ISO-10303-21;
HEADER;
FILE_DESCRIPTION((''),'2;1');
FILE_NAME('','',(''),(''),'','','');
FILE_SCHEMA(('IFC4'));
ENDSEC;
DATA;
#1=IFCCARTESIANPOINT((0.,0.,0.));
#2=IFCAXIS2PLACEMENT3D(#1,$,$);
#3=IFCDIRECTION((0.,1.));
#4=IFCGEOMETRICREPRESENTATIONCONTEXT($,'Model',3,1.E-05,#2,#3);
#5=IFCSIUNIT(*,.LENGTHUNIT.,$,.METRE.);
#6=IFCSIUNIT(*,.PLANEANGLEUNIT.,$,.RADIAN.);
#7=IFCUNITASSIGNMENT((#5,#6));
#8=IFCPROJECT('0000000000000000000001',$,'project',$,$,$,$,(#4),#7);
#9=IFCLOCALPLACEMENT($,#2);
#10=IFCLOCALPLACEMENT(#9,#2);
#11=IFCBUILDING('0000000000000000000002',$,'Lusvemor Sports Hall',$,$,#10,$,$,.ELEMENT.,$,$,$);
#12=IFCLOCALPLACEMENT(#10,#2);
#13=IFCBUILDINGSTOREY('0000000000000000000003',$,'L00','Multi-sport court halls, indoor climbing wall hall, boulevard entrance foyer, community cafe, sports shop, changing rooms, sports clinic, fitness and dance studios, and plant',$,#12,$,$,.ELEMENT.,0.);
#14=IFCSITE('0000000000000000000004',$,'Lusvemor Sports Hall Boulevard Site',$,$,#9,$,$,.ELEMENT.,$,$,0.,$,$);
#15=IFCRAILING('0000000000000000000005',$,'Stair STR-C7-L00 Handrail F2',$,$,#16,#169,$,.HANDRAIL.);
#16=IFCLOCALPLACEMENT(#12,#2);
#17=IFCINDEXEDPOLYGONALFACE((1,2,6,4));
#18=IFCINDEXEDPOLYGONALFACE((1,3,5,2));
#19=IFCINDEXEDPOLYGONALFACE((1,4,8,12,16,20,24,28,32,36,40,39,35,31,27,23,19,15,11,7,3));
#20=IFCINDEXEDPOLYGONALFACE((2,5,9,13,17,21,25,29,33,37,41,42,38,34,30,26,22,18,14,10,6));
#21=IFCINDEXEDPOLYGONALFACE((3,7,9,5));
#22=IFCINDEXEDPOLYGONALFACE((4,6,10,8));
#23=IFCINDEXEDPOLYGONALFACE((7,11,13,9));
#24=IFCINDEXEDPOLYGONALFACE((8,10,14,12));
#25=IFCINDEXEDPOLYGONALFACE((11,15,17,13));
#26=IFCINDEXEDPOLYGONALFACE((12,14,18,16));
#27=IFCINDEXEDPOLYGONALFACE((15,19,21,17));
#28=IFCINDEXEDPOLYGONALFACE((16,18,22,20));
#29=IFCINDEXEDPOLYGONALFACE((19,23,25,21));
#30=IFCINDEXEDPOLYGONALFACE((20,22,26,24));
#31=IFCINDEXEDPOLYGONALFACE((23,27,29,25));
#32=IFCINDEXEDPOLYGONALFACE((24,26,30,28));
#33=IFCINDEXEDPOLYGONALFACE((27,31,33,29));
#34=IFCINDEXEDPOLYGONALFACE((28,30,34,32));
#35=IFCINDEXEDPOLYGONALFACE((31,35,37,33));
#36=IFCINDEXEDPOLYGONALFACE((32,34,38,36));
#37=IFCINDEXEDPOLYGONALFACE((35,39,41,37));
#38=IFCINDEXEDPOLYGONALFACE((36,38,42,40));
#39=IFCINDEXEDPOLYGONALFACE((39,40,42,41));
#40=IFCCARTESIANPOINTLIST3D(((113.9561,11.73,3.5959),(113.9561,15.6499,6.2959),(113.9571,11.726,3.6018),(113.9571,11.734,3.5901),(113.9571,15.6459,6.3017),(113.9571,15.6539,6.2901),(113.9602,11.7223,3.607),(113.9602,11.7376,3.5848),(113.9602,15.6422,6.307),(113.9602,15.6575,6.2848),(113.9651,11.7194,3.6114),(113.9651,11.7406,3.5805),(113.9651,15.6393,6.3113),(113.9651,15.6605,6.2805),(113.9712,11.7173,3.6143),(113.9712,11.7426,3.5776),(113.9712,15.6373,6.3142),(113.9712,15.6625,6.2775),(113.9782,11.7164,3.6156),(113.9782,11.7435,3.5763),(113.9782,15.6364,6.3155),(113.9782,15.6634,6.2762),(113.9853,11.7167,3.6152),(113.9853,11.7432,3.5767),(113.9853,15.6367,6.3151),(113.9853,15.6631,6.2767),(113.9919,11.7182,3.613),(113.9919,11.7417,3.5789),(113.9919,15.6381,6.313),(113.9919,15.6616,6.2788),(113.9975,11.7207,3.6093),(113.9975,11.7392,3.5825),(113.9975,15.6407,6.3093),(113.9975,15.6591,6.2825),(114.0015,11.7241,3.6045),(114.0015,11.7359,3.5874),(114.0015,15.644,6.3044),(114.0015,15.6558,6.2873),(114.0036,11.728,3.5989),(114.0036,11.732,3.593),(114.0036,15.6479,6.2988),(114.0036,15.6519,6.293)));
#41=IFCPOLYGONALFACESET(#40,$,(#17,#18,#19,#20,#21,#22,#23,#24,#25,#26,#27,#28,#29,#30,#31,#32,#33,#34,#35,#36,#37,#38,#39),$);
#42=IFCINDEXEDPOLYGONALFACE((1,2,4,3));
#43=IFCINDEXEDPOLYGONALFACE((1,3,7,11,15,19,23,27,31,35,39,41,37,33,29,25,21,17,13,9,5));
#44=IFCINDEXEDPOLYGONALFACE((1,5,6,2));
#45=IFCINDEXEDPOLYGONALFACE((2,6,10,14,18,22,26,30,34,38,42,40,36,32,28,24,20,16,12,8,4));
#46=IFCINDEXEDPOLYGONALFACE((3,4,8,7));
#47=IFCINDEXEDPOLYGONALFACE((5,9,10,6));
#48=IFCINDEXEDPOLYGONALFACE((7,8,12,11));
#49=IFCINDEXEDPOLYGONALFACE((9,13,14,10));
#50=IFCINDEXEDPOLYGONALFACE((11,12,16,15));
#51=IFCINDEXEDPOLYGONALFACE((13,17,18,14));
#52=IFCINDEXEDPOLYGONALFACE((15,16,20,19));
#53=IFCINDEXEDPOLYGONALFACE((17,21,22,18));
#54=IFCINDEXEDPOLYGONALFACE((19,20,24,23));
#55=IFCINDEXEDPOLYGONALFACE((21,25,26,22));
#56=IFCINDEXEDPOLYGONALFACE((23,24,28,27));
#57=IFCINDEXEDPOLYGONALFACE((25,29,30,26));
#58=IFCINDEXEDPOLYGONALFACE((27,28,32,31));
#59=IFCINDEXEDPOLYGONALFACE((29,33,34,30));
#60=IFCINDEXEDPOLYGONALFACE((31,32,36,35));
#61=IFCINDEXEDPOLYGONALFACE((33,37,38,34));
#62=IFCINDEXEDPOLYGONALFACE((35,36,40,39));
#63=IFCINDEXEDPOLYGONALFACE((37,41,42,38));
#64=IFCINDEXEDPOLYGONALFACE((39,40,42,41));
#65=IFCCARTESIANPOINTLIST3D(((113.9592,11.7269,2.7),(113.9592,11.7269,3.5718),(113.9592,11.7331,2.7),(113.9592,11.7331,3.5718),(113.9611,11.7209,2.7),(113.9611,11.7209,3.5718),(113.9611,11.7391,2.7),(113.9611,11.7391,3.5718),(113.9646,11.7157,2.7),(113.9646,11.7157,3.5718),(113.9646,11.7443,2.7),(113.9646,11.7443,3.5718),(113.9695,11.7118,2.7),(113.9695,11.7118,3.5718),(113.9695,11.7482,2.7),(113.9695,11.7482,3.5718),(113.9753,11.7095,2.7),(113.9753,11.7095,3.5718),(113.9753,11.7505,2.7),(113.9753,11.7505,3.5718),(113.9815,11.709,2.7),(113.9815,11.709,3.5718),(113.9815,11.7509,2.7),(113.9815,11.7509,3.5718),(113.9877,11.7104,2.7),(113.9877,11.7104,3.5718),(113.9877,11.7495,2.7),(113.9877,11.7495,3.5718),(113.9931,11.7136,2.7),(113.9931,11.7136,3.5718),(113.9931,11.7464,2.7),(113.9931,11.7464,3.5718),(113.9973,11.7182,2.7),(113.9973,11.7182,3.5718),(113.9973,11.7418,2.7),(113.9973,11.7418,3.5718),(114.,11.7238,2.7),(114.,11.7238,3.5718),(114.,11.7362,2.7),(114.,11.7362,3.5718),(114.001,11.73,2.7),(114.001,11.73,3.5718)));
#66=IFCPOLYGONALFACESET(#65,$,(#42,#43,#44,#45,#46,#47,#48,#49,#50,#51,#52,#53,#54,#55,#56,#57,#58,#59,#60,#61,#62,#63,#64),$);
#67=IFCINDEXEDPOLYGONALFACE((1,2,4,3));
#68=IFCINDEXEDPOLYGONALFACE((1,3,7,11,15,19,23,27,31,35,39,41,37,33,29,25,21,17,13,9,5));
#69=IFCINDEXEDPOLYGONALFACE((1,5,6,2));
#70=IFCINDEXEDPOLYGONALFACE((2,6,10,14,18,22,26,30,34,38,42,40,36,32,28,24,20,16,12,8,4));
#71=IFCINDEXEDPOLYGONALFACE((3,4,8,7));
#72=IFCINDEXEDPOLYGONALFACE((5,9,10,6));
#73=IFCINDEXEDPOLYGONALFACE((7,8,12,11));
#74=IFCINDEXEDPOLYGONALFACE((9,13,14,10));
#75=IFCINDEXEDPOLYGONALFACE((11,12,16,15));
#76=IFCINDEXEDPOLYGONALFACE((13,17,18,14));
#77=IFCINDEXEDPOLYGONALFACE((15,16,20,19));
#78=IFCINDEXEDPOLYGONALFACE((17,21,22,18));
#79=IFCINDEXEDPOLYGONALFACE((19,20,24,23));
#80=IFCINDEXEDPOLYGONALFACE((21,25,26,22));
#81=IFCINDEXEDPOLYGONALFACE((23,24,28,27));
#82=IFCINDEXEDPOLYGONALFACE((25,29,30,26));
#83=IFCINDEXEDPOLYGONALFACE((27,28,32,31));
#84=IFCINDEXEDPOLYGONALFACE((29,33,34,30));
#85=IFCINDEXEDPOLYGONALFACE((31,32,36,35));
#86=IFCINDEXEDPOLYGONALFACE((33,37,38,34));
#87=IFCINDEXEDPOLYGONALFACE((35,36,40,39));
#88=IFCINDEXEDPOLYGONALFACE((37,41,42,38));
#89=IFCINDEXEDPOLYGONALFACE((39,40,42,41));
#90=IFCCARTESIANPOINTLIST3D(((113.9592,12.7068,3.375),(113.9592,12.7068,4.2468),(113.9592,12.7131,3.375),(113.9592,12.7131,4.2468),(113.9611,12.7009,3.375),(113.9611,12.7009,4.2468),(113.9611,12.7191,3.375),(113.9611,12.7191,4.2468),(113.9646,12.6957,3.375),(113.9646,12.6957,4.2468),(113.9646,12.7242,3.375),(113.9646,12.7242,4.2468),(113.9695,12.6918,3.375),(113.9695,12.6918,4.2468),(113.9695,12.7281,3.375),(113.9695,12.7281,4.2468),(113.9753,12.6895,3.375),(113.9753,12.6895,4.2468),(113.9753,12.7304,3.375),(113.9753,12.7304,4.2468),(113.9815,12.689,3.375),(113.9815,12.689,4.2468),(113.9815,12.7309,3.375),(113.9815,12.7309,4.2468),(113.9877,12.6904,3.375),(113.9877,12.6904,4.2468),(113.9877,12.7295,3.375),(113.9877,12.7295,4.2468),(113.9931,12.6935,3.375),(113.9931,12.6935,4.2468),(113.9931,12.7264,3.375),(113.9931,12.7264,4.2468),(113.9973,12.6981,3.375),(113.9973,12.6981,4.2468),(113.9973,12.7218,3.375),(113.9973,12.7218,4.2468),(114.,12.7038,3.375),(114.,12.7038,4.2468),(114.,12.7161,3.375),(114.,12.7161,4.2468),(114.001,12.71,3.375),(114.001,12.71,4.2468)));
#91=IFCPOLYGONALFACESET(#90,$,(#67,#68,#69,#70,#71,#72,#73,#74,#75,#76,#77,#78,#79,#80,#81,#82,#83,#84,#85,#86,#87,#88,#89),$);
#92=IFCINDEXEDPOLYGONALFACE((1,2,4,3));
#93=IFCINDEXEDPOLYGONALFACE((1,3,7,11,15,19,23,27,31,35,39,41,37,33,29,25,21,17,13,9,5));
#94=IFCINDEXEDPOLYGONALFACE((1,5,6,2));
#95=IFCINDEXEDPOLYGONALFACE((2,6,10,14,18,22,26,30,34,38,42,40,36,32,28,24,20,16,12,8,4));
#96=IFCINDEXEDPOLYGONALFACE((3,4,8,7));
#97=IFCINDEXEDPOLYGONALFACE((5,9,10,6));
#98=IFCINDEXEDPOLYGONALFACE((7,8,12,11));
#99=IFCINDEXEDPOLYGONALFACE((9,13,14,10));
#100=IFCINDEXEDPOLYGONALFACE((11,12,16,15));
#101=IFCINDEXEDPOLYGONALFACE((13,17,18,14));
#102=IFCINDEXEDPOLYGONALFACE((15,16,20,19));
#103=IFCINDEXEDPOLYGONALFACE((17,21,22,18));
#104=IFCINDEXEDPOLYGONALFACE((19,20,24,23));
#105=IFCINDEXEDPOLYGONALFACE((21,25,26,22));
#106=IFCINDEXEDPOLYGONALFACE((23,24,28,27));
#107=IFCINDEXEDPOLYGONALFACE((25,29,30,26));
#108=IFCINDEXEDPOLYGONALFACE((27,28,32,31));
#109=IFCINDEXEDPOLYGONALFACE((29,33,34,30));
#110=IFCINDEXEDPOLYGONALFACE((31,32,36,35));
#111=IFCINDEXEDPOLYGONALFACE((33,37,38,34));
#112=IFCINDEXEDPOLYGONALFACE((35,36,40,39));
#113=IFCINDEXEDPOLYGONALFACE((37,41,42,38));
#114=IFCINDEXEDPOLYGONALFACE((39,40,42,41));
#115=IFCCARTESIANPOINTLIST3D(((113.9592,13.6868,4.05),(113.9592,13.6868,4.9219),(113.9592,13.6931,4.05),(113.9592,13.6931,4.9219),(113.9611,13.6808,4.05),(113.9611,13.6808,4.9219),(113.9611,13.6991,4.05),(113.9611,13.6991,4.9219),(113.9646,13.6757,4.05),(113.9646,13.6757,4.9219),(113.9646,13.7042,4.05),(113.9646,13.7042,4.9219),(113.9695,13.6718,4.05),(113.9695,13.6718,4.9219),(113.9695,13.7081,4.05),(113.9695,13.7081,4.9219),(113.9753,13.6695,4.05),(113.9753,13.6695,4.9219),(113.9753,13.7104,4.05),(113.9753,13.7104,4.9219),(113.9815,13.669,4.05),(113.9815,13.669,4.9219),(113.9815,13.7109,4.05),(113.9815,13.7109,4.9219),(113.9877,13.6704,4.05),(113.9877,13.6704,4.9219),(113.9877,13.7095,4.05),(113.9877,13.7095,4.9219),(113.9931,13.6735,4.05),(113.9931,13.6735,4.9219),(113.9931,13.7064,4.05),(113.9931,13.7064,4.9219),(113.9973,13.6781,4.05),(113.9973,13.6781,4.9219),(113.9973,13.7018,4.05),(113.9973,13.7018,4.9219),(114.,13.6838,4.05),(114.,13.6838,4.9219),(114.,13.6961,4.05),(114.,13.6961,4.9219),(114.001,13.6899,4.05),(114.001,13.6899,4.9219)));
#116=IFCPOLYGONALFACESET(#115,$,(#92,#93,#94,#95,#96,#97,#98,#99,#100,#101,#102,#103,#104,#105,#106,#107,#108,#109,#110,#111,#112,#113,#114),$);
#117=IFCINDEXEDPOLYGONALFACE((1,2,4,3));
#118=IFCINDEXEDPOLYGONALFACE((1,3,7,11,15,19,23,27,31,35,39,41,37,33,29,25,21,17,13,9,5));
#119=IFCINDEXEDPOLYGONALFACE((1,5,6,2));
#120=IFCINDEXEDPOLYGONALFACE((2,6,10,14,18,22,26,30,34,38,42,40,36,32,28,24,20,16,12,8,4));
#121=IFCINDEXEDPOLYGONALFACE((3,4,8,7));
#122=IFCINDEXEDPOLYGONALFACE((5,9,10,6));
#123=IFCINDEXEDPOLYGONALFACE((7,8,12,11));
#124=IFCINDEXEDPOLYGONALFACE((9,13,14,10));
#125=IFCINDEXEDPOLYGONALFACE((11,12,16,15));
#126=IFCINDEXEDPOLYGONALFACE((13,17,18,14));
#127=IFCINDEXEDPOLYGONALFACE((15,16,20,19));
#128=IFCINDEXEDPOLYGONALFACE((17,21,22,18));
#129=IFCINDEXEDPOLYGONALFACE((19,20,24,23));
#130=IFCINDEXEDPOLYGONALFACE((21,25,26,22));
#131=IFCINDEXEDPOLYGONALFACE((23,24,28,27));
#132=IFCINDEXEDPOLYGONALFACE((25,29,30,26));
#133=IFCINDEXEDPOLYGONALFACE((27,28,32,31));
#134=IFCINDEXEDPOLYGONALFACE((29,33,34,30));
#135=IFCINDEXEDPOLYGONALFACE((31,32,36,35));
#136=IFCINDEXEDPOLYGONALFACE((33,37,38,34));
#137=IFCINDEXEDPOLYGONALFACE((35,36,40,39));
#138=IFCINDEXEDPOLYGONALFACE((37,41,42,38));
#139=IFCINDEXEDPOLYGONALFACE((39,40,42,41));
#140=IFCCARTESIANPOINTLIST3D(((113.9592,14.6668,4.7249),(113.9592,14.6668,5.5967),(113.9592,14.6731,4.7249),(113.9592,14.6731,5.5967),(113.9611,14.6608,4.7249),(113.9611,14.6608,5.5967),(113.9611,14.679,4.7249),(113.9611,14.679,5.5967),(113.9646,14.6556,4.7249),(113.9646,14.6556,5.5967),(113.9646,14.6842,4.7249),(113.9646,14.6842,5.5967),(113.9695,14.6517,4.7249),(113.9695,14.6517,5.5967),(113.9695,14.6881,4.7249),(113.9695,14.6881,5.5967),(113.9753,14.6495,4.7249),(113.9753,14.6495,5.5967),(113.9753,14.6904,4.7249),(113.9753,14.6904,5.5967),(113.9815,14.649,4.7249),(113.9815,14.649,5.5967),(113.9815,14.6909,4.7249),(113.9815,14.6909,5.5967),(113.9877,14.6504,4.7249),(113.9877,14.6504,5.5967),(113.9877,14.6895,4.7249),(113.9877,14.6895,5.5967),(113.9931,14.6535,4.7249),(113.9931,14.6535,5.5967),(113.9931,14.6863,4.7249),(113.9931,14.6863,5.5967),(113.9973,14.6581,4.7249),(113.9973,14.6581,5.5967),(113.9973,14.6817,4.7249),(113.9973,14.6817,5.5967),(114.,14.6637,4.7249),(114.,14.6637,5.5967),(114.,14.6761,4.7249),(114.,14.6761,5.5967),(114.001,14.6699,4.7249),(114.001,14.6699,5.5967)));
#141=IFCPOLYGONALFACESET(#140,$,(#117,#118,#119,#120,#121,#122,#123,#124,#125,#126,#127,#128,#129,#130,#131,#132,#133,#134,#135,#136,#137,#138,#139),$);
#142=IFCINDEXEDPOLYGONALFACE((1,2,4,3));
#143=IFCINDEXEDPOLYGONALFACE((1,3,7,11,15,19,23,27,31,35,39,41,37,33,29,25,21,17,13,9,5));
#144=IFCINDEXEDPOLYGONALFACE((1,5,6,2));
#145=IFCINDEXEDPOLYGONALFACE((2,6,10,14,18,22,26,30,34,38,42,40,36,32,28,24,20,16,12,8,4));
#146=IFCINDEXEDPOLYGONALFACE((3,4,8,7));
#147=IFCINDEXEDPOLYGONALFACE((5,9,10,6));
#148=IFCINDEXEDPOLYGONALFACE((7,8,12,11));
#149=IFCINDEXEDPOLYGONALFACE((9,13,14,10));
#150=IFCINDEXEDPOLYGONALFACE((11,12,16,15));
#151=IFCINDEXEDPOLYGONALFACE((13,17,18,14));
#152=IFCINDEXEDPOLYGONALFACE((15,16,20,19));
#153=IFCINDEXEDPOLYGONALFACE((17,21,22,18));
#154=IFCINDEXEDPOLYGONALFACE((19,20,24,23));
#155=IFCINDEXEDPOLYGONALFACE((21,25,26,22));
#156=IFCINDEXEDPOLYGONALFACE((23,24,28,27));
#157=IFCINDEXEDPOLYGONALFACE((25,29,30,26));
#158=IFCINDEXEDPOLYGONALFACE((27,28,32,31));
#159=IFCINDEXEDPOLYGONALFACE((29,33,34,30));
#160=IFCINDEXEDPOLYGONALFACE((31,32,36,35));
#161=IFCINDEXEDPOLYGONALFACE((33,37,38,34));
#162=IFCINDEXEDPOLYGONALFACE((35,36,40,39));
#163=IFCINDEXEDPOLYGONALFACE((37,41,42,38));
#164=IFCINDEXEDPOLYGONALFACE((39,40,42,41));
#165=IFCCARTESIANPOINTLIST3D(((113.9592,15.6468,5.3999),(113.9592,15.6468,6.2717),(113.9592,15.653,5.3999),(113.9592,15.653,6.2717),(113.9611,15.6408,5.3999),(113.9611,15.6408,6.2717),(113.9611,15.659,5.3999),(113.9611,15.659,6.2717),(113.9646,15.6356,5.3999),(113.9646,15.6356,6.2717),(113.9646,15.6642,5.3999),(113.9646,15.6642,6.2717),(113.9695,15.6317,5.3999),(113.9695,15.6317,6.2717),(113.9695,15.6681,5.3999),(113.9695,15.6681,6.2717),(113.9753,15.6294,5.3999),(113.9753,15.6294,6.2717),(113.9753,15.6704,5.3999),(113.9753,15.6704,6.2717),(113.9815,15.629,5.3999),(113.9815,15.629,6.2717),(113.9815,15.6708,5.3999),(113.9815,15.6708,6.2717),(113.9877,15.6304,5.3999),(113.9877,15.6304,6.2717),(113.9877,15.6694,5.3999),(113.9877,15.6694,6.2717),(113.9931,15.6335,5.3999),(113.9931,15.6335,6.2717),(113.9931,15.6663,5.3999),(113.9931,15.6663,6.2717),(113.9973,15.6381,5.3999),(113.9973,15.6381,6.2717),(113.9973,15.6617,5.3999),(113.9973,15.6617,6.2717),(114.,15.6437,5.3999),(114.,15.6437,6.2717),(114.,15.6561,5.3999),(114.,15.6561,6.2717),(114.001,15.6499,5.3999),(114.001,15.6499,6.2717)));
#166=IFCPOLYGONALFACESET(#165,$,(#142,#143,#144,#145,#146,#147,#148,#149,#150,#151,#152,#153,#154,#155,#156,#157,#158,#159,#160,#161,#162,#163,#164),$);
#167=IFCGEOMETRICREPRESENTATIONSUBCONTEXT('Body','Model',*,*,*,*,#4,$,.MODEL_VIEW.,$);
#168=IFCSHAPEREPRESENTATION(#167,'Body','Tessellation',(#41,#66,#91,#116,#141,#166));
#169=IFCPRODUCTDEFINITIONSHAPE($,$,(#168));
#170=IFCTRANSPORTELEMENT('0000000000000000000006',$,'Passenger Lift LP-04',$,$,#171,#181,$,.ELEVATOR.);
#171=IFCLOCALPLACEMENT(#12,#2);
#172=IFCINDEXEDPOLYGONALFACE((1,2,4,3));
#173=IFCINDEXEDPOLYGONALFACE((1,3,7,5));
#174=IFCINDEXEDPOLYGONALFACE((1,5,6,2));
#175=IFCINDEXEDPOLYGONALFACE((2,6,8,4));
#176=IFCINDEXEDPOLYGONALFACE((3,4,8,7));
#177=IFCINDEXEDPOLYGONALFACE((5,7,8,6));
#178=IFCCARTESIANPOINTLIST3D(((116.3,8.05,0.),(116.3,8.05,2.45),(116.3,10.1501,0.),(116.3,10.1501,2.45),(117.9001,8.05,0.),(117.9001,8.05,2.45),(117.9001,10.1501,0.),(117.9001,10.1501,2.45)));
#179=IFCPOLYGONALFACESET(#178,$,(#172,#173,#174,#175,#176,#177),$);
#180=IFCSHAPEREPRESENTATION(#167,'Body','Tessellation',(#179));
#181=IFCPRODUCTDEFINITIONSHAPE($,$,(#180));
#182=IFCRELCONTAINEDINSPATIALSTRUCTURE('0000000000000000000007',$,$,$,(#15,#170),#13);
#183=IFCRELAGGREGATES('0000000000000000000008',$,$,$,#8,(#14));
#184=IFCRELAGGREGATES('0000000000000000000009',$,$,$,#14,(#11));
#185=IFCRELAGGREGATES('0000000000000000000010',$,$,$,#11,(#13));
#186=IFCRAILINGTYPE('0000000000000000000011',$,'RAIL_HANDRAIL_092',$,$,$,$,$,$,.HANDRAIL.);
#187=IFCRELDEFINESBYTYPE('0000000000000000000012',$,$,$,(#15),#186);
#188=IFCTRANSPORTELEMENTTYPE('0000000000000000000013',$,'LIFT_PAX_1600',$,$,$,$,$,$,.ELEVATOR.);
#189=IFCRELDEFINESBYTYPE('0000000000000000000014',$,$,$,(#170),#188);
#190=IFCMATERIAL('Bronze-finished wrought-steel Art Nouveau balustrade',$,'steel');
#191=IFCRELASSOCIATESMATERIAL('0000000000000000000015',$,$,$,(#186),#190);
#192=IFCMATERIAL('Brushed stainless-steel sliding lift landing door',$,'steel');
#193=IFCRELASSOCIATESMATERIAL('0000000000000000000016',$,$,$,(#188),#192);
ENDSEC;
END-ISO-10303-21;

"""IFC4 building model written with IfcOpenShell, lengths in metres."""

from ifc_helpers import new_model, si_unit, direction, frame, origin, origin_2d, place, context, subcontext, project, spatial, rectangle, circle, extrude, material, type_object, element, save


model = new_model("IFC4")

# Units and contexts
model_context = context("Model", 3, precision=1e-05, world=origin(), true_north=direction((0.0, 1.0)))
body_context = subcontext(model_context, "Body", "Model", "MODEL_VIEW")
ifc_project = project(units=[si_unit("LENGTHUNIT", "METRE"), si_unit("PLANEANGLEUNIT", "RADIAN")], contexts=[model_context])

# Site, building, storey
site_placement = place(None, origin())
site = spatial("IfcSite", under=ifc_project, at=site_placement, Name="Lusvemor Sports Hall Boulevard Site", CompositionType="ELEMENT", RefElevation=0.0)
building_placement = place(site_placement, origin())
building = spatial("IfcBuilding", under=site, at=building_placement, Name="Lusvemor Sports Hall", CompositionType="ELEMENT")
storey_placement = place(building_placement, origin())
storey = spatial("IfcBuildingStorey", under=building, at=storey_placement, Name="L00", Description="Multi-sport court halls, indoor climbing wall hall, boulevard entrance foyer, community cafe, sports shop, changing rooms, sports clinic, fitness and dance studios, and plant", CompositionType="ELEMENT", Elevation=0.0)

# Railing
ifc_material_1 = material(Name="Bronze-finished wrought-steel Art Nouveau balustrade", Category="steel")
railing_type = type_object("IfcRailingType", Name="RAIL_HANDRAIL_092", PredefinedType="HANDRAIL", material=ifc_material_1)
railing_placement = place(storey_placement, frame((113.98, 11.73, 2.7)))
element("IfcRailing", 1, at=railing_placement, inside=storey, type_object=railing_type, Name="Stair STR-C7-L00 Handrail F2", PredefinedType="HANDRAIL", context=body_context, shape_type="SweptSolid", body=[
    extrude(circle(Radius=0.0239, at=origin_2d()), frame((0.0, 0.0, 0.896), z_axis=(0.0, 0.823551, 0.567243), x_axis=(-1.0, 0.0, 0.0)), (0.0, 0.0, 1.0), 4.7598),
    extrude(circle(Radius=0.021, at=origin_2d()), origin(), (0.0, 0.0, 1.0), 0.8718),
    extrude(circle(Radius=0.021, at=origin_2d()), frame((0.0, 0.98, 0.675)), (0.0, 0.0, 1.0), 0.8718),
    extrude(circle(Radius=0.021, at=origin_2d()), frame((0.0, 1.96, 1.3501)), (0.0, 0.0, 1.0), 0.8718),
    extrude(circle(Radius=0.021, at=origin_2d()), frame((0.0, 2.9399, 2.0249)), (0.0, 0.0, 1.0), 0.8718),
    extrude(circle(Radius=0.021, at=origin_2d()), frame((0.0, 3.9199, 2.7)), (0.0, 0.0, 1.0), 0.8718),
])

# Transport element
ifc_material_2 = material(Name="Brushed stainless-steel sliding lift landing door", Category="steel")
transport_element_type = type_object("IfcTransportElementType", Name="LIFT_PAX_1600", PredefinedType="ELEVATOR", material=ifc_material_2)
transport_element_placement = place(storey_placement, frame((117.1001, 9.1001, 0.0), z_axis=(0.0, 0.0, 1.0), x_axis=(1.0, 0.0, 0.0)))
element("IfcTransportElement", 2, at=transport_element_placement, inside=storey, type_object=transport_element_type, Name="Passenger Lift LP-04", PredefinedType="ELEVATOR", context=body_context, shape_type="SweptSolid", body=[
    extrude(rectangle(XDim=1.6001, YDim=2.1001, at=origin_2d()), origin(), (0.0, 0.0, 1.0), 2.45),
])

save(model, "model.ifc")
